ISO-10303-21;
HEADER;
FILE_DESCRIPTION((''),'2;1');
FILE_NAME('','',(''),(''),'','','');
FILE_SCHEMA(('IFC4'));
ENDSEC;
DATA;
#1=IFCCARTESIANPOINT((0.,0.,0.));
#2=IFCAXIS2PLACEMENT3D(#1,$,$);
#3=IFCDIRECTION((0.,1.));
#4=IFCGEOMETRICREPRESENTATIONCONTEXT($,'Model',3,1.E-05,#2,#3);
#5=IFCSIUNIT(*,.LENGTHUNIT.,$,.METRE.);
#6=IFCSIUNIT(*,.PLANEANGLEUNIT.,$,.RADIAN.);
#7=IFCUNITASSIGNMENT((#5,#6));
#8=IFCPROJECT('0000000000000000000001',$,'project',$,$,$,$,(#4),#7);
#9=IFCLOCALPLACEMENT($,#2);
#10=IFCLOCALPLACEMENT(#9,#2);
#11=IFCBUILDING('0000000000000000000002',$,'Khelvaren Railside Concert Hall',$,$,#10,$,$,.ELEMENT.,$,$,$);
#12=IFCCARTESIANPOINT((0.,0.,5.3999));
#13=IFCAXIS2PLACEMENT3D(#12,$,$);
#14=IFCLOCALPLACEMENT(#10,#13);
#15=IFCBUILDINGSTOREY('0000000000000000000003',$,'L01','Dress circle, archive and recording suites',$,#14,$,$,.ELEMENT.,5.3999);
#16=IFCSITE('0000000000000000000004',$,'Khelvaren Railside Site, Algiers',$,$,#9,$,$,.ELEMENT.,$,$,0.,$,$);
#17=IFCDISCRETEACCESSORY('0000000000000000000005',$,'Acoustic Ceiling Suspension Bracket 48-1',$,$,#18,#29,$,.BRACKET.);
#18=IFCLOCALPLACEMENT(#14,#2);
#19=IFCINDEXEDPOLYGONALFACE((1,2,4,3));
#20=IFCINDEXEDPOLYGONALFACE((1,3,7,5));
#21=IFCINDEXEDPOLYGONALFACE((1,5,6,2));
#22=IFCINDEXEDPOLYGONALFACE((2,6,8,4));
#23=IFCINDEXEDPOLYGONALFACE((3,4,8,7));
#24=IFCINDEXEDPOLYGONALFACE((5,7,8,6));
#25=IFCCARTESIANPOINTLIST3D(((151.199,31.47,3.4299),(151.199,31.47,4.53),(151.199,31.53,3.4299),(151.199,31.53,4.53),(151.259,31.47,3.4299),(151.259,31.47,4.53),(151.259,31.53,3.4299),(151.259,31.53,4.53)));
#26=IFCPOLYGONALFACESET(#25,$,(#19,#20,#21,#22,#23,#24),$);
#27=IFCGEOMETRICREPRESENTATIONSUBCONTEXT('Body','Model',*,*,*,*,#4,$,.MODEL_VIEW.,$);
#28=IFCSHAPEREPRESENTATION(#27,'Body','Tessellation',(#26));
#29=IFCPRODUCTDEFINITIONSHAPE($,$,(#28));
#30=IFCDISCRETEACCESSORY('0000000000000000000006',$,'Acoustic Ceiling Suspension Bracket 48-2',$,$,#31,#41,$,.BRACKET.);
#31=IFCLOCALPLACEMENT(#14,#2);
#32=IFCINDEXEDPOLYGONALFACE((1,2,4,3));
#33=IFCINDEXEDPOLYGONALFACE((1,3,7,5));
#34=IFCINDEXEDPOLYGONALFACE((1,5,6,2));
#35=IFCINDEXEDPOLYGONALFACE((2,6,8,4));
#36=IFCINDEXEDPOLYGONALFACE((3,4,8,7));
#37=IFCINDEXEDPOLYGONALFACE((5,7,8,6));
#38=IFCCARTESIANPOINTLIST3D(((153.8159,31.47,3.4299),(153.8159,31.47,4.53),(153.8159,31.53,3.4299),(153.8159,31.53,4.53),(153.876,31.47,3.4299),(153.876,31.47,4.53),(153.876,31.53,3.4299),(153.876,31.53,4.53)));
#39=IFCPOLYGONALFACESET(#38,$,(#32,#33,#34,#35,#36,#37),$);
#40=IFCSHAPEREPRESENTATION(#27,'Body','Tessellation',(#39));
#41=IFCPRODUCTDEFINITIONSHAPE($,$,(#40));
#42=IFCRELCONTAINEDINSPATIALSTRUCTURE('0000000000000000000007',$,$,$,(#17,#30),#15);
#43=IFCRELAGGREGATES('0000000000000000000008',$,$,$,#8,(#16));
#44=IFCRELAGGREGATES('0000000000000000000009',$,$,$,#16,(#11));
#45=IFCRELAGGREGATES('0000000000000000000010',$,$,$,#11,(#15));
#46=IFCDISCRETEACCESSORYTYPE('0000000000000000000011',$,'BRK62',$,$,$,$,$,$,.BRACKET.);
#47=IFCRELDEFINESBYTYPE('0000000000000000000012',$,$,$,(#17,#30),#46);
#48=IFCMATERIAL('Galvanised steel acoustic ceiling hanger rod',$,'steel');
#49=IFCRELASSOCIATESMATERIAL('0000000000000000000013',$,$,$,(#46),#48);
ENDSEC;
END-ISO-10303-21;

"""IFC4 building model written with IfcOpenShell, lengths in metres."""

from ifc_helpers import new_model, si_unit, direction, frame, origin, origin_2d, place, context, subcontext, project, spatial, rectangle, extrude, material, type_object, element, save


model = new_model("IFC4")

# Units and contexts
model_context = context("Model", 3, precision=1e-05, world=origin(), true_north=direction((0.0, 1.0)))
body_context = subcontext(model_context, "Body", "Model", "MODEL_VIEW")
ifc_project = project(units=[si_unit("LENGTHUNIT", "METRE"), si_unit("PLANEANGLEUNIT", "RADIAN")], contexts=[model_context])

# Site, building, storey
site_placement = place(None, origin())
site = spatial("IfcSite", under=ifc_project, at=site_placement, Name="Khelvaren Railside Site, Algiers", CompositionType="ELEMENT", RefElevation=0.0)
building_placement = place(site_placement, origin())
building = spatial("IfcBuilding", under=site, at=building_placement, Name="Khelvaren Railside Concert Hall", CompositionType="ELEMENT")
storey_placement = place(building_placement, frame((0.0, 0.0, 5.3999)))
storey = spatial("IfcBuildingStorey", under=building, at=storey_placement, Name="L01", Description="Dress circle, archive and recording suites", CompositionType="ELEMENT", Elevation=5.3999)

# Discrete accessories
ifc_material_1 = material(Name="Galvanised steel acoustic ceiling hanger rod", Category="steel")
discrete_accessory_type = type_object("IfcDiscreteAccessoryType", Name="BRK62", PredefinedType="BRACKET", material=ifc_material_1)
for number, where, z_axis, x_axis, name in (
    (1, (151.229, 31.5, 3.4299), (0.0, 0.0, 1.0), (1.0, 0.0, 0.0), "Acoustic Ceiling Suspension Bracket 48-1"),
    (2, (153.8459, 31.5, 3.4299), (0.0, 0.0, 1.0), (1.0, 0.0, 0.0), "Acoustic Ceiling Suspension Bracket 48-2"),
):
    element("IfcDiscreteAccessory", number, at=place(storey_placement, frame(where, z_axis=z_axis, x_axis=x_axis)), inside=storey, type_object=discrete_accessory_type, Name=name, PredefinedType="BRACKET", context=body_context, shape_type="SweptSolid", body=[
        extrude(rectangle(XDim=0.0601, YDim=0.0601, at=origin_2d()), origin(), (0.0, 0.0, 1.0), 1.1001),
    ])

save(model, "model.ifc")
